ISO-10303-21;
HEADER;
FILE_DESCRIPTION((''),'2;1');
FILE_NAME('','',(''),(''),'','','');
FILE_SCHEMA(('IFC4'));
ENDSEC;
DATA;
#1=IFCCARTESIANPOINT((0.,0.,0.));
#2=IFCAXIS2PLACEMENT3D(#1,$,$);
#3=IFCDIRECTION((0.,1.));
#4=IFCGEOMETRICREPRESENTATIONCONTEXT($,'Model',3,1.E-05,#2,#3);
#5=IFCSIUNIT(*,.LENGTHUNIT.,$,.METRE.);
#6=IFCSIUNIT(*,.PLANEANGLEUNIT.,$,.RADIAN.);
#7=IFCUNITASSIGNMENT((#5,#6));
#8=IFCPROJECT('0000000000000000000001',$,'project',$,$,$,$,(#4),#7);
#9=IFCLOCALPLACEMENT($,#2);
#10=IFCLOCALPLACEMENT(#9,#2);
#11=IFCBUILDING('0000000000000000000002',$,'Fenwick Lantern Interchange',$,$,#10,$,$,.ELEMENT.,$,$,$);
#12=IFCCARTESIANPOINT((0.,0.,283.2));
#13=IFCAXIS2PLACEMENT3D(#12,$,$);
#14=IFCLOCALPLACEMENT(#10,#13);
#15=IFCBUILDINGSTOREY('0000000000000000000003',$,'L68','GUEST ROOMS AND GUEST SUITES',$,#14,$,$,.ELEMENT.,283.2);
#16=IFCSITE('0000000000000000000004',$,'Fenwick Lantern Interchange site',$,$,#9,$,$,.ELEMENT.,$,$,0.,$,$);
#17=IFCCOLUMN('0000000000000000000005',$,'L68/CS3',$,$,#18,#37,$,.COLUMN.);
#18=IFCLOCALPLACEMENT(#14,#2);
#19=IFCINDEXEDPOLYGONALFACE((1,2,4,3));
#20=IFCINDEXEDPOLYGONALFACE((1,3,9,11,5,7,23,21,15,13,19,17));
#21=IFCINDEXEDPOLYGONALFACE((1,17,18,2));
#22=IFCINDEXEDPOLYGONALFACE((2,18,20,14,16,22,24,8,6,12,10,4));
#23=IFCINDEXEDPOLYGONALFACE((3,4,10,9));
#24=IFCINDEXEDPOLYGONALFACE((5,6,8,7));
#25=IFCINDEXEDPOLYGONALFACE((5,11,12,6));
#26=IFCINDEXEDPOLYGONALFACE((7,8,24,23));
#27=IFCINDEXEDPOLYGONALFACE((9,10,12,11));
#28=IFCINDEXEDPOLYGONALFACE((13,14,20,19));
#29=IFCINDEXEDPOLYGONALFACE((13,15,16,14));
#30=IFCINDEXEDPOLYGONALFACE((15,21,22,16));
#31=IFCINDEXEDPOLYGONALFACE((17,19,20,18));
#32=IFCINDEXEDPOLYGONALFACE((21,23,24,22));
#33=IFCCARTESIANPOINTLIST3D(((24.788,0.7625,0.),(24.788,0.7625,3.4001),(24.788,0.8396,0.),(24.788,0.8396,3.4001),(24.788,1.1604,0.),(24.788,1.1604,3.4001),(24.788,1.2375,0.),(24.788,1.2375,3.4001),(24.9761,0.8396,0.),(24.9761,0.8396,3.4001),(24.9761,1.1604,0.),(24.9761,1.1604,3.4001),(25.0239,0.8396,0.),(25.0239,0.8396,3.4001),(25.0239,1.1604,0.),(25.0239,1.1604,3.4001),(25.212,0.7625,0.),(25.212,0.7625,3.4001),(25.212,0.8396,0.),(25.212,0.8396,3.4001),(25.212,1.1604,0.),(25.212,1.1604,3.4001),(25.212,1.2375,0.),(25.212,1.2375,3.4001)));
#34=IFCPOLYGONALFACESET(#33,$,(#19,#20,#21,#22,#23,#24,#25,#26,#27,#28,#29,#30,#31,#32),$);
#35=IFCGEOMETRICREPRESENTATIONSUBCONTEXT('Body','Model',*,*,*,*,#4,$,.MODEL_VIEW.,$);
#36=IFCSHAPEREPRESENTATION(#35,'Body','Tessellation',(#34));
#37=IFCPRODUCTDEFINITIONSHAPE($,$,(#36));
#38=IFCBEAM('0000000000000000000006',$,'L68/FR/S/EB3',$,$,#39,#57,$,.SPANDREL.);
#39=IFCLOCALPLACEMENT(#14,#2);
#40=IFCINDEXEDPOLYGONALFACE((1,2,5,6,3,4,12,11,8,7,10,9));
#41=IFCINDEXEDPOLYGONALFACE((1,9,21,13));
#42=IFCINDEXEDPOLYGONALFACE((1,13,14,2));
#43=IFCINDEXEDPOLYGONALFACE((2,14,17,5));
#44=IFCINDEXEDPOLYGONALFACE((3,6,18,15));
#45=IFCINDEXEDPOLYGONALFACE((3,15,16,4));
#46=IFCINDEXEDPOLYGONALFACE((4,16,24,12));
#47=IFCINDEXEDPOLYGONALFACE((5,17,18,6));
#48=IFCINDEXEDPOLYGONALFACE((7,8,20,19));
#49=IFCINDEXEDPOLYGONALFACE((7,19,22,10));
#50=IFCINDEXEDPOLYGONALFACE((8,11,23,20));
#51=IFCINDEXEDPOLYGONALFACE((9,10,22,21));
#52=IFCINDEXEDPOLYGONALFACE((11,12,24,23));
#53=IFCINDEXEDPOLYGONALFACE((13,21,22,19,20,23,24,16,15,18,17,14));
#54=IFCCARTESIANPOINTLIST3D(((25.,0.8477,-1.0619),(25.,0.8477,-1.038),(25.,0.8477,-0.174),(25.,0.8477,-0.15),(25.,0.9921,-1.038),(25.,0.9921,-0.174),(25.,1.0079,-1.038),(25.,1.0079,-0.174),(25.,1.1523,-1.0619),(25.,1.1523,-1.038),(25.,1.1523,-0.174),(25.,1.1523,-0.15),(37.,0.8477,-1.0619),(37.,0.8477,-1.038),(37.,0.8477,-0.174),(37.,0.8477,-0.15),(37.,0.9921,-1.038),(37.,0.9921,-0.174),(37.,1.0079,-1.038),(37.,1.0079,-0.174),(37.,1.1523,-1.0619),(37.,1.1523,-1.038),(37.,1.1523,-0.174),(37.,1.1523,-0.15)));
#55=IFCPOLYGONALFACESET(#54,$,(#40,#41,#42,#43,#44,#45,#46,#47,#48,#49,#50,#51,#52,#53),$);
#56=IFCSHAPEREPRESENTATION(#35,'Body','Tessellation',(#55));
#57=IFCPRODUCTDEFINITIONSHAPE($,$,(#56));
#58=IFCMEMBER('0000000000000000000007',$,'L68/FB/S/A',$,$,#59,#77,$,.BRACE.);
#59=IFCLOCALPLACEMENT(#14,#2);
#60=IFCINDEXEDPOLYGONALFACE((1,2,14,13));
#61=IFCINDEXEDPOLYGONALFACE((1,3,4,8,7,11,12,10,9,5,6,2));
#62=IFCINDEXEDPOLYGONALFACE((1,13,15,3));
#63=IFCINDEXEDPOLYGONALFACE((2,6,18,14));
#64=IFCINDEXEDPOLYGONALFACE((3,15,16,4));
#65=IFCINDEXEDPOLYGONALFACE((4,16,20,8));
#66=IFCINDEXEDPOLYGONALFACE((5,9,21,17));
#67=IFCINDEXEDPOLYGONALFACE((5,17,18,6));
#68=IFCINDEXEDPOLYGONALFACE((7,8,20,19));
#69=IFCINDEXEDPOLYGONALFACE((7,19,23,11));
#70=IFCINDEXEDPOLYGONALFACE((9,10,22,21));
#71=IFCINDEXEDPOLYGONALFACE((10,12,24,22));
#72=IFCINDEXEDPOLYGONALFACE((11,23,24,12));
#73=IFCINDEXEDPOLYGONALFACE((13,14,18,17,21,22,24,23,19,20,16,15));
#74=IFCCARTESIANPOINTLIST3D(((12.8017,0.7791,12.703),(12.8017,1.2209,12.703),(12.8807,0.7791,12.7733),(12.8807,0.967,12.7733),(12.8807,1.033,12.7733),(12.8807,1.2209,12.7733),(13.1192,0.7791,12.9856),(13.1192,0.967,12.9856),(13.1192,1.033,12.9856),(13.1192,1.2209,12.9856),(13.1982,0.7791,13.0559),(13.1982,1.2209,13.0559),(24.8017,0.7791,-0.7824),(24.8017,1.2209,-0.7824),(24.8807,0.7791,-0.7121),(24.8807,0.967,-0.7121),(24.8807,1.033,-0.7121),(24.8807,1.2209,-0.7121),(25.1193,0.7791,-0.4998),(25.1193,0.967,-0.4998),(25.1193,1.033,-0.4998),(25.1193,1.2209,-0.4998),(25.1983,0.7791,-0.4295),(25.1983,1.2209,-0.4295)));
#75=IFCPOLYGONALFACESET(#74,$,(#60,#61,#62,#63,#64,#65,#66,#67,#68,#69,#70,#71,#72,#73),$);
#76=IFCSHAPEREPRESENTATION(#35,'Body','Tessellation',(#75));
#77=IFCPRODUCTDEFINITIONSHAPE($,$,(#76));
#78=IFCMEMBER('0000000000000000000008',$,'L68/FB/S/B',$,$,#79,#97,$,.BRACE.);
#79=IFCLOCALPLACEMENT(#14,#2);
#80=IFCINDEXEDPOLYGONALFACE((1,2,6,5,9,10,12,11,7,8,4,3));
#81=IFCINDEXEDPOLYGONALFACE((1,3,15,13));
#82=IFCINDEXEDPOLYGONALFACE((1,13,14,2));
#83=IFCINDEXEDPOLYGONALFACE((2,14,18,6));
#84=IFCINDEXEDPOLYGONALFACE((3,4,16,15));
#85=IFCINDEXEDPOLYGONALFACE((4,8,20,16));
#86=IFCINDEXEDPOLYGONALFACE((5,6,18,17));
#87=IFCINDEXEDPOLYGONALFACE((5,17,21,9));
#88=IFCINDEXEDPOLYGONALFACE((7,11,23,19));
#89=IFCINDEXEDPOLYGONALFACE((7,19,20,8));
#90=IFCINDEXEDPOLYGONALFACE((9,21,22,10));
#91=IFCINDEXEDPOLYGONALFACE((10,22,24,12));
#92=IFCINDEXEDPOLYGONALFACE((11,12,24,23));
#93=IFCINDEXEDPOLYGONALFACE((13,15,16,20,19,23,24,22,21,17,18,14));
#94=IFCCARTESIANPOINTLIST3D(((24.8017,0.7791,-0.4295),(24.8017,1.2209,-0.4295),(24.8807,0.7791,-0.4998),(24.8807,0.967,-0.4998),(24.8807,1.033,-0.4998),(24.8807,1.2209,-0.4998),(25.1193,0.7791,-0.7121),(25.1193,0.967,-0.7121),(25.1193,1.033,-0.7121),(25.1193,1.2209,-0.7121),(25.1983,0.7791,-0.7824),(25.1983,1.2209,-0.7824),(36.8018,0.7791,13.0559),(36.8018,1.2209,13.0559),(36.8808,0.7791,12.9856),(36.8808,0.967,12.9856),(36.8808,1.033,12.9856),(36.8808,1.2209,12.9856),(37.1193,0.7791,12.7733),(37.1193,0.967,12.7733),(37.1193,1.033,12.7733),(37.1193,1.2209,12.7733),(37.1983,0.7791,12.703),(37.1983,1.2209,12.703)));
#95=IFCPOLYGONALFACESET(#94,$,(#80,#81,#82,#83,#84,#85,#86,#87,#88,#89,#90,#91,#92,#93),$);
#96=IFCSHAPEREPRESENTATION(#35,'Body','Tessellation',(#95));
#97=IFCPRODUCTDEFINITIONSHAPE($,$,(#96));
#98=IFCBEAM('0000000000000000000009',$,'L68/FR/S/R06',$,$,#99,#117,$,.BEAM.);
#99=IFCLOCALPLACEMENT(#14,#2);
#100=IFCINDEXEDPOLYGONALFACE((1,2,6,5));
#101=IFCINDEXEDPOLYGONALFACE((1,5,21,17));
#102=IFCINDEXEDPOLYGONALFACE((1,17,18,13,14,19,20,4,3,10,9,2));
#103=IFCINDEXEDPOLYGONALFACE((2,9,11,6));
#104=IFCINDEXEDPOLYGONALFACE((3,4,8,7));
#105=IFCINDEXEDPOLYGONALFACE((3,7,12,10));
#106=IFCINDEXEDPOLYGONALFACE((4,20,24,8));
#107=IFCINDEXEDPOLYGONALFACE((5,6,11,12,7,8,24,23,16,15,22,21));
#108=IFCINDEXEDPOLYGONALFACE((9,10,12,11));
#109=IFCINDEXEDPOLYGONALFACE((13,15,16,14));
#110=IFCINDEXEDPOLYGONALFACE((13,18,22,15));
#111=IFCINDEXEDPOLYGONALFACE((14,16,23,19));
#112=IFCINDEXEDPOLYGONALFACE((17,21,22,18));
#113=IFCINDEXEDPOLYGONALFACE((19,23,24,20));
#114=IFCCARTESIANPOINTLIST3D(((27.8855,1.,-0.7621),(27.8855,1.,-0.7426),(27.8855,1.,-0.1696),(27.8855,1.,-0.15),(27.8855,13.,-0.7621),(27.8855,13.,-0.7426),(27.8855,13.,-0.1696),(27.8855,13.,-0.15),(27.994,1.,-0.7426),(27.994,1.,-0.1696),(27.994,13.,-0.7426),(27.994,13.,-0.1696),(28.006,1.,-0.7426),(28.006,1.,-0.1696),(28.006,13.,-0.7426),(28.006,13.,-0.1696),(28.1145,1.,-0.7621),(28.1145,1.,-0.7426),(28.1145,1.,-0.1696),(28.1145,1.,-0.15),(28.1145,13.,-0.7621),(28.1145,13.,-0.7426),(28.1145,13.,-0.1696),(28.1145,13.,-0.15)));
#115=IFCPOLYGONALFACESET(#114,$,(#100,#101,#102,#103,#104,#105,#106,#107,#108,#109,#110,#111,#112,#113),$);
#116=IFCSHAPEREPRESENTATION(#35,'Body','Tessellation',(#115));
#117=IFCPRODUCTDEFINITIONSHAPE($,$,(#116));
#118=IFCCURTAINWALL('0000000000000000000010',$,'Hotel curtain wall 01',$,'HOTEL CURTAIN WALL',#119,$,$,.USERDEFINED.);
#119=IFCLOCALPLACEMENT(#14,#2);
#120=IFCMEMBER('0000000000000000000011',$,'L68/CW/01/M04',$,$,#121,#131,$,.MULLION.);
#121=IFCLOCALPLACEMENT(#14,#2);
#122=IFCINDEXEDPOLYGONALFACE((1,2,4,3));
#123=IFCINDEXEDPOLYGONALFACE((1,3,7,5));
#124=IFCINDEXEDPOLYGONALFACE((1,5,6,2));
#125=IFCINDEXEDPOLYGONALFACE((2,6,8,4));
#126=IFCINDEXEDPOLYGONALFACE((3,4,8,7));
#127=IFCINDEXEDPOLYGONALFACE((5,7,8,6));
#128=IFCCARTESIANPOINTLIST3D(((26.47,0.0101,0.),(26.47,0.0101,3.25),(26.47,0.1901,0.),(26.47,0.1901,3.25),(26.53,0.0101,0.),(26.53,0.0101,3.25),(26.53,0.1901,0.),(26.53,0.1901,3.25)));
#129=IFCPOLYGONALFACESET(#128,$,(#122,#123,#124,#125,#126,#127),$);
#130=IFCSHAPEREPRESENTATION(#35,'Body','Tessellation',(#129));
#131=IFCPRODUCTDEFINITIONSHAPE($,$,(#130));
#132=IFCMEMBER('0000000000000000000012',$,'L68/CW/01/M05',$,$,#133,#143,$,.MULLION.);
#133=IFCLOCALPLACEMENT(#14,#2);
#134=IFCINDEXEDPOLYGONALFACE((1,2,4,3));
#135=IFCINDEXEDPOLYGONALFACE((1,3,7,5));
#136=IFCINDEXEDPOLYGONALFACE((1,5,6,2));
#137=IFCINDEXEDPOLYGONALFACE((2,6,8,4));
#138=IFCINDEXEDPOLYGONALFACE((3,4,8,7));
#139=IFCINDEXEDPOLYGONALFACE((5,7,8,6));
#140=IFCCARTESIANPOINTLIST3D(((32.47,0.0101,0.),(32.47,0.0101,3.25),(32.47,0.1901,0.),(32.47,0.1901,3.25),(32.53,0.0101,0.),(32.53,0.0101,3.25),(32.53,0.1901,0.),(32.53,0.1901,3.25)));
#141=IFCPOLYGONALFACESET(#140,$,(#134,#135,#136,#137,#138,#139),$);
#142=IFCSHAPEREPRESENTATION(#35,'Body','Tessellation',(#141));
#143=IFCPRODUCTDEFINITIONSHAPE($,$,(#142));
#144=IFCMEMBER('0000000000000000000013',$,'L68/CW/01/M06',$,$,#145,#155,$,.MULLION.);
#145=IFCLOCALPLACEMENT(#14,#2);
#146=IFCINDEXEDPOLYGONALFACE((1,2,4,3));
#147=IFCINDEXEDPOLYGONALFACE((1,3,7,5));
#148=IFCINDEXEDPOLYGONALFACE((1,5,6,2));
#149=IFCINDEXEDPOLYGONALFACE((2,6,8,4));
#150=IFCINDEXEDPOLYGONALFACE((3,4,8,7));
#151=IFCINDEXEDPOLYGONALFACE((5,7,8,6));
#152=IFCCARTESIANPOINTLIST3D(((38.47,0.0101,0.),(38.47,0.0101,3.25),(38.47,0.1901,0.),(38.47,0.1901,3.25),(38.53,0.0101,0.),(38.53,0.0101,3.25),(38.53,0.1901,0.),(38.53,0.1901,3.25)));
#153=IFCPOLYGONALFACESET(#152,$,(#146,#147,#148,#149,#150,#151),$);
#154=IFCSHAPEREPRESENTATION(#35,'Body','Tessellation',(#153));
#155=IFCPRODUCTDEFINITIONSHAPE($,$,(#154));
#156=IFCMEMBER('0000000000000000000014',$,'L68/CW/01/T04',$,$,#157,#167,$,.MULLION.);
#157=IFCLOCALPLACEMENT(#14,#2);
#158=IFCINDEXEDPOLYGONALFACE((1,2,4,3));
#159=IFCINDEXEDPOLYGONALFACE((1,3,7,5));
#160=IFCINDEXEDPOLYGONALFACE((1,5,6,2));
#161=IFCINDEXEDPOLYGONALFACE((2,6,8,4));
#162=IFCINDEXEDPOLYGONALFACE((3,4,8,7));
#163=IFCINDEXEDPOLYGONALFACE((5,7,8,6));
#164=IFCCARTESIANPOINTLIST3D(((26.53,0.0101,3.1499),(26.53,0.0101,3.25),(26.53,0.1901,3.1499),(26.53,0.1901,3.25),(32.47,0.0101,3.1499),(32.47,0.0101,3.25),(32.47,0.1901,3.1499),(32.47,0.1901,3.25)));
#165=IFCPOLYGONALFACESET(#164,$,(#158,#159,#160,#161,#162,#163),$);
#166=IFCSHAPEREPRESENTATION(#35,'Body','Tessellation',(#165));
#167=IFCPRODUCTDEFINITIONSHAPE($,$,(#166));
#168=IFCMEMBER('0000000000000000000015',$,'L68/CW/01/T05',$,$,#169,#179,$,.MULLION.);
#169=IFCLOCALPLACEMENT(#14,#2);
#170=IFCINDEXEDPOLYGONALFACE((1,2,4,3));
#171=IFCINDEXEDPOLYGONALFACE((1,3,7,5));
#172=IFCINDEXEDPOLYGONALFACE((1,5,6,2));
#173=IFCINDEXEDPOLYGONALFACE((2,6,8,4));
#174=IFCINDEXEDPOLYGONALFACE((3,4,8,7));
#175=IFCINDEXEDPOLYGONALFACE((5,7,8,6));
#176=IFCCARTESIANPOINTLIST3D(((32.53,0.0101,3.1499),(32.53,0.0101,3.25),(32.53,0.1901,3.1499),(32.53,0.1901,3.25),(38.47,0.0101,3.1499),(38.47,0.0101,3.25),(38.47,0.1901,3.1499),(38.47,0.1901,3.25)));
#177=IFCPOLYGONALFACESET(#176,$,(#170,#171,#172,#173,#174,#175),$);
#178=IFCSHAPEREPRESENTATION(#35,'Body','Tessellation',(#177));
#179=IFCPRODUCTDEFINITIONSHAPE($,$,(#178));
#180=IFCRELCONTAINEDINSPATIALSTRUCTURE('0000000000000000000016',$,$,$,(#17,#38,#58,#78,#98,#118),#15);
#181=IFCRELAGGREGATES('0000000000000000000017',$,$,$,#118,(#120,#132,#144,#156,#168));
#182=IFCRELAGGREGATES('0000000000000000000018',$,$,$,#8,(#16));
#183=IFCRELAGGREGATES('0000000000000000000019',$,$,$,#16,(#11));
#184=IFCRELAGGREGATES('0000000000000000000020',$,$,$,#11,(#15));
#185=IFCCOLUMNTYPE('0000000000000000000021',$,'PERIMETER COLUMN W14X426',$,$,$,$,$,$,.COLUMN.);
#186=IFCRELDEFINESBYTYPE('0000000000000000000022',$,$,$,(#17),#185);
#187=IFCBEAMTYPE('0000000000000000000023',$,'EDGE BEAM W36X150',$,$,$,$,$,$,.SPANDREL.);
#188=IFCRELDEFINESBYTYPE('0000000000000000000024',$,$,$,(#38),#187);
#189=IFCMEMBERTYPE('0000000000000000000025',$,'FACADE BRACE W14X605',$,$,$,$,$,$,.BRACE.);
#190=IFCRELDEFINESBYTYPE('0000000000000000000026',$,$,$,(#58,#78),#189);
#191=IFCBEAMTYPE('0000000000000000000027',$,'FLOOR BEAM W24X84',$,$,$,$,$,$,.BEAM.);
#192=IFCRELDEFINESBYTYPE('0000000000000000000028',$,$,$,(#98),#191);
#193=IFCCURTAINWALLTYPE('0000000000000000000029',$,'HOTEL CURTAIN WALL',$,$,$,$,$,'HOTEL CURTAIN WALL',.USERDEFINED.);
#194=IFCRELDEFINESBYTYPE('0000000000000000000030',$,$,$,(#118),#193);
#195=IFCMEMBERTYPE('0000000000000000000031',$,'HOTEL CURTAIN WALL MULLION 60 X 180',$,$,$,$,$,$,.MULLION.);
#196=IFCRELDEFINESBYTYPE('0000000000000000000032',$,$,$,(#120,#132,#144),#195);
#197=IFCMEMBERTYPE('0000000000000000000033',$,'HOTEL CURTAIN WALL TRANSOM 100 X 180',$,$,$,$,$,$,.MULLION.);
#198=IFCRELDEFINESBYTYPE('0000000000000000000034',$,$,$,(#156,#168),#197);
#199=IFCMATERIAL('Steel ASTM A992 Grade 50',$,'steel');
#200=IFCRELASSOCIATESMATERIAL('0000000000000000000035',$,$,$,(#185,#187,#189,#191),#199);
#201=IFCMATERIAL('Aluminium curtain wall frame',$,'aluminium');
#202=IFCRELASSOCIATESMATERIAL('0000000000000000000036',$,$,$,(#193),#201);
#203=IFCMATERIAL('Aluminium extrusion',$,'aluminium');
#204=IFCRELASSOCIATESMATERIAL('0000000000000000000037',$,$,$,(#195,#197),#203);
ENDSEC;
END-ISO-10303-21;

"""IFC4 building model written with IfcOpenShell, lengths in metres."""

from ifc_helpers import new_model, si_unit, direction, frame, origin, origin_2d, place, context, subcontext, project, spatial, rectangle, i_section, extrude, material, material_profile, profile_set, type_object, element, aggregate, save


model = new_model("IFC4")

# Units and contexts
model_context = context("Model", 3, precision=1e-05, world=origin(), true_north=direction((0.0, 1.0)))
body_context = subcontext(model_context, "Body", "Model", "MODEL_VIEW")
ifc_project = project(units=[si_unit("LENGTHUNIT", "METRE"), si_unit("PLANEANGLEUNIT", "RADIAN")], contexts=[model_context])

# Site, building, storey
site_placement = place(None, origin())
site = spatial("IfcSite", under=ifc_project, at=site_placement, Name="Fenwick Lantern Interchange site", CompositionType="ELEMENT", RefElevation=0.0)
building_placement = place(site_placement, origin())
building = spatial("IfcBuilding", under=site, at=building_placement, Name="Fenwick Lantern Interchange", CompositionType="ELEMENT")
storey_placement = place(building_placement, frame((0.0, 0.0, 283.2)))
storey = spatial("IfcBuildingStorey", under=building, at=storey_placement, Name="L68", Description="GUEST ROOMS AND GUEST SUITES", CompositionType="ELEMENT", Elevation=283.2)

# Column
ifc_material_1 = material(Name="Steel ASTM A992 Grade 50", Category="steel")
ifc_material_profile_1 = material_profile(ifc_material_1, i_section(OverallWidth=0.4241, OverallDepth=0.4751, WebThickness=0.0479, FlangeThickness=0.0771, at=origin_2d()), Name="W14X426")
ifc_profile_set_1 = profile_set([ifc_material_profile_1], Name="Steel ASTM A992 Grade 50")
column_type = type_object("IfcColumnType", Name="PERIMETER COLUMN W14X426", PredefinedType="COLUMN", material=ifc_profile_set_1)
column_placement = place(storey_placement, frame((25.0, 1.0, 0.0), z_axis=(0.0, 0.0, 1.0), x_axis=(1.0, 0.0, 0.0)))
element("IfcColumn", 1, at=column_placement, inside=storey, type_object=column_type, Name="L68/CS3", PredefinedType="COLUMN", context=body_context, shape_type="SweptSolid", body=[
    extrude(i_section(OverallWidth=0.4241, OverallDepth=0.4751, WebThickness=0.0479, FlangeThickness=0.0771, at=origin_2d()), origin(), (0.0, 0.0, 1.0), 3.4001),
])

# Beam
ifc_material_profile_2 = material_profile(ifc_material_1, i_section(OverallWidth=0.3047, OverallDepth=0.9119, WebThickness=0.0159, FlangeThickness=0.0239, at=origin_2d()), Name="W36X150")
ifc_profile_set_2 = profile_set([ifc_material_profile_2], Name="Steel ASTM A992 Grade 50")
beam_type_1 = type_object("IfcBeamType", Name="EDGE BEAM W36X150", PredefinedType="SPANDREL", material=ifc_profile_set_2)
beam_1_placement = place(storey_placement, frame((25.0, 1.0, -0.606), z_axis=(1.0, 0.0, 0.0), x_axis=(0.0, 1.0, 0.0)))
element("IfcBeam", 2, at=beam_1_placement, inside=storey, type_object=beam_type_1, Name="L68/FR/S/EB3", PredefinedType="SPANDREL", context=body_context, shape_type="SweptSolid", body=[
    extrude(i_section(OverallWidth=0.3047, OverallDepth=0.9119, WebThickness=0.0159, FlangeThickness=0.0239, at=origin_2d()), origin(), (0.0, 0.0, 1.0), 12.0),
])

# Members
ifc_material_profile_3 = material_profile(ifc_material_1, i_section(OverallWidth=0.4419, OverallDepth=0.5308, WebThickness=0.0659, FlangeThickness=0.1057, at=origin_2d()), Name="W14X605")
ifc_profile_set_3 = profile_set([ifc_material_profile_3], Name="Steel ASTM A992 Grade 50")
member_type_1 = type_object("IfcMemberType", Name="FACADE BRACE W14X605", PredefinedType="BRACE", material=ifc_profile_set_3)
for number, where, z_axis, x_axis, name in (
    (3, (25.0, 1.0, -0.606), (-0.664767, 0.0, 0.747051), (0.0, -1.0, 0.0), "L68/FB/S/A"),
    (4, (25.0, 1.0, -0.606), (0.664767, 0.0, 0.747051), (0.0, 1.0, 0.0), "L68/FB/S/B"),
):
    element("IfcMember", number, at=place(storey_placement, frame(where, z_axis=z_axis, x_axis=x_axis)), inside=storey, type_object=member_type_1, Name=name, PredefinedType="BRACE", context=body_context, shape_type="SweptSolid", body=[
        extrude(i_section(OverallWidth=0.4419, OverallDepth=0.5308, WebThickness=0.0659, FlangeThickness=0.1057, at=origin_2d()), origin(), (0.0, 0.0, 1.0), 18.0515),
    ])

# Beam
ifc_material_profile_4 = material_profile(ifc_material_1, i_section(OverallWidth=0.229, OverallDepth=0.6121, WebThickness=0.012, FlangeThickness=0.0195, at=origin_2d()), Name="W24X84")
ifc_profile_set_4 = profile_set([ifc_material_profile_4], Name="Steel ASTM A992 Grade 50")
beam_type_2 = type_object("IfcBeamType", Name="FLOOR BEAM W24X84", PredefinedType="BEAM", material=ifc_profile_set_4)
beam_2_placement = place(storey_placement, frame((28.0, 1.0, -0.4561), z_axis=(0.0, 1.0, 0.0), x_axis=(-1.0, 0.0, 0.0)))
element("IfcBeam", 5, at=beam_2_placement, inside=storey, type_object=beam_type_2, Name="L68/FR/S/R06", PredefinedType="BEAM", context=body_context, shape_type="SweptSolid", body=[
    extrude(i_section(OverallWidth=0.229, OverallDepth=0.6121, WebThickness=0.012, FlangeThickness=0.0195, at=origin_2d()), origin(), (0.0, 0.0, 1.0), 12.0),
])

# Curtain wall, members
ifc_material_2 = material(Name="Aluminium curtain wall frame", Category="aluminium")
curtain_wall_type = type_object("IfcCurtainWallType", Name="HOTEL CURTAIN WALL", ElementType="HOTEL CURTAIN WALL", PredefinedType="USERDEFINED", material=ifc_material_2)
curtain_wall_placement = place(storey_placement, origin())
curtain_wall = element("IfcCurtainWall", 6, at=curtain_wall_placement, inside=storey, type_object=curtain_wall_type, Name="Hotel curtain wall 01", ObjectType="HOTEL CURTAIN WALL", PredefinedType="USERDEFINED")
ifc_material_3 = material(Name="Aluminium extrusion", Category="aluminium")
ifc_material_profile_5 = material_profile(ifc_material_3, rectangle(XDim=0.1799, YDim=0.0601, at=origin_2d()), Name="HOTEL CURTAIN WALL MULLION 60 X 180")
ifc_profile_set_5 = profile_set([ifc_material_profile_5], Name="Aluminium extrusion")
member_type_2 = type_object("IfcMemberType", Name="HOTEL CURTAIN WALL MULLION 60 X 180", PredefinedType="MULLION", material=ifc_profile_set_5)
member_1_placement = place(storey_placement, frame((26.5, 0.1001, 0.0), z_axis=(0.0, 0.0, 1.0), x_axis=(0.0, 1.0, 0.0)))
member_1 = element("IfcMember", 7, at=member_1_placement, type_object=member_type_2, Name="L68/CW/01/M04", PredefinedType="MULLION", context=body_context, shape_type="SweptSolid", body=[
    extrude(rectangle(XDim=0.1799, YDim=0.0601, at=origin_2d()), origin(), (0.0, 0.0, 1.0), 3.25),
])
member_2_placement = place(storey_placement, frame((32.5, 0.1001, 0.0), z_axis=(0.0, 0.0, 1.0), x_axis=(0.0, 1.0, 0.0)))
member_2 = element("IfcMember", 8, at=member_2_placement, type_object=member_type_2, Name="L68/CW/01/M05", PredefinedType="MULLION", context=body_context, shape_type="SweptSolid", body=[
    extrude(rectangle(XDim=0.1799, YDim=0.0601, at=origin_2d()), origin(), (0.0, 0.0, 1.0), 3.25),
])
member_3_placement = place(storey_placement, frame((38.5, 0.1001, 0.0), z_axis=(0.0, 0.0, 1.0), x_axis=(0.0, 1.0, 0.0)))
member_3 = element("IfcMember", 9, at=member_3_placement, type_object=member_type_2, Name="L68/CW/01/M06", PredefinedType="MULLION", context=body_context, shape_type="SweptSolid", body=[
    extrude(rectangle(XDim=0.1799, YDim=0.0601, at=origin_2d()), origin(), (0.0, 0.0, 1.0), 3.25),
])
ifc_material_profile_6 = material_profile(ifc_material_3, rectangle(XDim=0.1799, YDim=0.1001, at=origin_2d()), Name="HOTEL CURTAIN WALL TRANSOM 100 X 180")
ifc_profile_set_6 = profile_set([ifc_material_profile_6], Name="Aluminium extrusion")
member_type_3 = type_object("IfcMemberType", Name="HOTEL CURTAIN WALL TRANSOM 100 X 180", PredefinedType="MULLION", material=ifc_profile_set_6)
member_4_placement = place(storey_placement, frame((26.53, 0.1001, 3.2), z_axis=(1.0, 0.0, 0.0), x_axis=(0.0, 1.0, 0.0)))
member_4 = element("IfcMember", 10, at=member_4_placement, type_object=member_type_3, Name="L68/CW/01/T04", PredefinedType="MULLION", context=body_context, shape_type="SweptSolid", body=[
    extrude(rectangle(XDim=0.1799, YDim=0.1001, at=origin_2d()), origin(), (0.0, 0.0, 1.0), 5.9399),
])
member_5_placement = place(storey_placement, frame((32.53, 0.1001, 3.2), z_axis=(1.0, 0.0, 0.0), x_axis=(0.0, 1.0, 0.0)))
member_5 = element("IfcMember", 11, at=member_5_placement, type_object=member_type_3, Name="L68/CW/01/T05", PredefinedType="MULLION", context=body_context, shape_type="SweptSolid", body=[
    extrude(rectangle(XDim=0.1799, YDim=0.1001, at=origin_2d()), origin(), (0.0, 0.0, 1.0), 5.9399),
])

aggregate(curtain_wall, [member_1, member_2, member_3, member_4, member_5])

save(model, "model.ifc")
